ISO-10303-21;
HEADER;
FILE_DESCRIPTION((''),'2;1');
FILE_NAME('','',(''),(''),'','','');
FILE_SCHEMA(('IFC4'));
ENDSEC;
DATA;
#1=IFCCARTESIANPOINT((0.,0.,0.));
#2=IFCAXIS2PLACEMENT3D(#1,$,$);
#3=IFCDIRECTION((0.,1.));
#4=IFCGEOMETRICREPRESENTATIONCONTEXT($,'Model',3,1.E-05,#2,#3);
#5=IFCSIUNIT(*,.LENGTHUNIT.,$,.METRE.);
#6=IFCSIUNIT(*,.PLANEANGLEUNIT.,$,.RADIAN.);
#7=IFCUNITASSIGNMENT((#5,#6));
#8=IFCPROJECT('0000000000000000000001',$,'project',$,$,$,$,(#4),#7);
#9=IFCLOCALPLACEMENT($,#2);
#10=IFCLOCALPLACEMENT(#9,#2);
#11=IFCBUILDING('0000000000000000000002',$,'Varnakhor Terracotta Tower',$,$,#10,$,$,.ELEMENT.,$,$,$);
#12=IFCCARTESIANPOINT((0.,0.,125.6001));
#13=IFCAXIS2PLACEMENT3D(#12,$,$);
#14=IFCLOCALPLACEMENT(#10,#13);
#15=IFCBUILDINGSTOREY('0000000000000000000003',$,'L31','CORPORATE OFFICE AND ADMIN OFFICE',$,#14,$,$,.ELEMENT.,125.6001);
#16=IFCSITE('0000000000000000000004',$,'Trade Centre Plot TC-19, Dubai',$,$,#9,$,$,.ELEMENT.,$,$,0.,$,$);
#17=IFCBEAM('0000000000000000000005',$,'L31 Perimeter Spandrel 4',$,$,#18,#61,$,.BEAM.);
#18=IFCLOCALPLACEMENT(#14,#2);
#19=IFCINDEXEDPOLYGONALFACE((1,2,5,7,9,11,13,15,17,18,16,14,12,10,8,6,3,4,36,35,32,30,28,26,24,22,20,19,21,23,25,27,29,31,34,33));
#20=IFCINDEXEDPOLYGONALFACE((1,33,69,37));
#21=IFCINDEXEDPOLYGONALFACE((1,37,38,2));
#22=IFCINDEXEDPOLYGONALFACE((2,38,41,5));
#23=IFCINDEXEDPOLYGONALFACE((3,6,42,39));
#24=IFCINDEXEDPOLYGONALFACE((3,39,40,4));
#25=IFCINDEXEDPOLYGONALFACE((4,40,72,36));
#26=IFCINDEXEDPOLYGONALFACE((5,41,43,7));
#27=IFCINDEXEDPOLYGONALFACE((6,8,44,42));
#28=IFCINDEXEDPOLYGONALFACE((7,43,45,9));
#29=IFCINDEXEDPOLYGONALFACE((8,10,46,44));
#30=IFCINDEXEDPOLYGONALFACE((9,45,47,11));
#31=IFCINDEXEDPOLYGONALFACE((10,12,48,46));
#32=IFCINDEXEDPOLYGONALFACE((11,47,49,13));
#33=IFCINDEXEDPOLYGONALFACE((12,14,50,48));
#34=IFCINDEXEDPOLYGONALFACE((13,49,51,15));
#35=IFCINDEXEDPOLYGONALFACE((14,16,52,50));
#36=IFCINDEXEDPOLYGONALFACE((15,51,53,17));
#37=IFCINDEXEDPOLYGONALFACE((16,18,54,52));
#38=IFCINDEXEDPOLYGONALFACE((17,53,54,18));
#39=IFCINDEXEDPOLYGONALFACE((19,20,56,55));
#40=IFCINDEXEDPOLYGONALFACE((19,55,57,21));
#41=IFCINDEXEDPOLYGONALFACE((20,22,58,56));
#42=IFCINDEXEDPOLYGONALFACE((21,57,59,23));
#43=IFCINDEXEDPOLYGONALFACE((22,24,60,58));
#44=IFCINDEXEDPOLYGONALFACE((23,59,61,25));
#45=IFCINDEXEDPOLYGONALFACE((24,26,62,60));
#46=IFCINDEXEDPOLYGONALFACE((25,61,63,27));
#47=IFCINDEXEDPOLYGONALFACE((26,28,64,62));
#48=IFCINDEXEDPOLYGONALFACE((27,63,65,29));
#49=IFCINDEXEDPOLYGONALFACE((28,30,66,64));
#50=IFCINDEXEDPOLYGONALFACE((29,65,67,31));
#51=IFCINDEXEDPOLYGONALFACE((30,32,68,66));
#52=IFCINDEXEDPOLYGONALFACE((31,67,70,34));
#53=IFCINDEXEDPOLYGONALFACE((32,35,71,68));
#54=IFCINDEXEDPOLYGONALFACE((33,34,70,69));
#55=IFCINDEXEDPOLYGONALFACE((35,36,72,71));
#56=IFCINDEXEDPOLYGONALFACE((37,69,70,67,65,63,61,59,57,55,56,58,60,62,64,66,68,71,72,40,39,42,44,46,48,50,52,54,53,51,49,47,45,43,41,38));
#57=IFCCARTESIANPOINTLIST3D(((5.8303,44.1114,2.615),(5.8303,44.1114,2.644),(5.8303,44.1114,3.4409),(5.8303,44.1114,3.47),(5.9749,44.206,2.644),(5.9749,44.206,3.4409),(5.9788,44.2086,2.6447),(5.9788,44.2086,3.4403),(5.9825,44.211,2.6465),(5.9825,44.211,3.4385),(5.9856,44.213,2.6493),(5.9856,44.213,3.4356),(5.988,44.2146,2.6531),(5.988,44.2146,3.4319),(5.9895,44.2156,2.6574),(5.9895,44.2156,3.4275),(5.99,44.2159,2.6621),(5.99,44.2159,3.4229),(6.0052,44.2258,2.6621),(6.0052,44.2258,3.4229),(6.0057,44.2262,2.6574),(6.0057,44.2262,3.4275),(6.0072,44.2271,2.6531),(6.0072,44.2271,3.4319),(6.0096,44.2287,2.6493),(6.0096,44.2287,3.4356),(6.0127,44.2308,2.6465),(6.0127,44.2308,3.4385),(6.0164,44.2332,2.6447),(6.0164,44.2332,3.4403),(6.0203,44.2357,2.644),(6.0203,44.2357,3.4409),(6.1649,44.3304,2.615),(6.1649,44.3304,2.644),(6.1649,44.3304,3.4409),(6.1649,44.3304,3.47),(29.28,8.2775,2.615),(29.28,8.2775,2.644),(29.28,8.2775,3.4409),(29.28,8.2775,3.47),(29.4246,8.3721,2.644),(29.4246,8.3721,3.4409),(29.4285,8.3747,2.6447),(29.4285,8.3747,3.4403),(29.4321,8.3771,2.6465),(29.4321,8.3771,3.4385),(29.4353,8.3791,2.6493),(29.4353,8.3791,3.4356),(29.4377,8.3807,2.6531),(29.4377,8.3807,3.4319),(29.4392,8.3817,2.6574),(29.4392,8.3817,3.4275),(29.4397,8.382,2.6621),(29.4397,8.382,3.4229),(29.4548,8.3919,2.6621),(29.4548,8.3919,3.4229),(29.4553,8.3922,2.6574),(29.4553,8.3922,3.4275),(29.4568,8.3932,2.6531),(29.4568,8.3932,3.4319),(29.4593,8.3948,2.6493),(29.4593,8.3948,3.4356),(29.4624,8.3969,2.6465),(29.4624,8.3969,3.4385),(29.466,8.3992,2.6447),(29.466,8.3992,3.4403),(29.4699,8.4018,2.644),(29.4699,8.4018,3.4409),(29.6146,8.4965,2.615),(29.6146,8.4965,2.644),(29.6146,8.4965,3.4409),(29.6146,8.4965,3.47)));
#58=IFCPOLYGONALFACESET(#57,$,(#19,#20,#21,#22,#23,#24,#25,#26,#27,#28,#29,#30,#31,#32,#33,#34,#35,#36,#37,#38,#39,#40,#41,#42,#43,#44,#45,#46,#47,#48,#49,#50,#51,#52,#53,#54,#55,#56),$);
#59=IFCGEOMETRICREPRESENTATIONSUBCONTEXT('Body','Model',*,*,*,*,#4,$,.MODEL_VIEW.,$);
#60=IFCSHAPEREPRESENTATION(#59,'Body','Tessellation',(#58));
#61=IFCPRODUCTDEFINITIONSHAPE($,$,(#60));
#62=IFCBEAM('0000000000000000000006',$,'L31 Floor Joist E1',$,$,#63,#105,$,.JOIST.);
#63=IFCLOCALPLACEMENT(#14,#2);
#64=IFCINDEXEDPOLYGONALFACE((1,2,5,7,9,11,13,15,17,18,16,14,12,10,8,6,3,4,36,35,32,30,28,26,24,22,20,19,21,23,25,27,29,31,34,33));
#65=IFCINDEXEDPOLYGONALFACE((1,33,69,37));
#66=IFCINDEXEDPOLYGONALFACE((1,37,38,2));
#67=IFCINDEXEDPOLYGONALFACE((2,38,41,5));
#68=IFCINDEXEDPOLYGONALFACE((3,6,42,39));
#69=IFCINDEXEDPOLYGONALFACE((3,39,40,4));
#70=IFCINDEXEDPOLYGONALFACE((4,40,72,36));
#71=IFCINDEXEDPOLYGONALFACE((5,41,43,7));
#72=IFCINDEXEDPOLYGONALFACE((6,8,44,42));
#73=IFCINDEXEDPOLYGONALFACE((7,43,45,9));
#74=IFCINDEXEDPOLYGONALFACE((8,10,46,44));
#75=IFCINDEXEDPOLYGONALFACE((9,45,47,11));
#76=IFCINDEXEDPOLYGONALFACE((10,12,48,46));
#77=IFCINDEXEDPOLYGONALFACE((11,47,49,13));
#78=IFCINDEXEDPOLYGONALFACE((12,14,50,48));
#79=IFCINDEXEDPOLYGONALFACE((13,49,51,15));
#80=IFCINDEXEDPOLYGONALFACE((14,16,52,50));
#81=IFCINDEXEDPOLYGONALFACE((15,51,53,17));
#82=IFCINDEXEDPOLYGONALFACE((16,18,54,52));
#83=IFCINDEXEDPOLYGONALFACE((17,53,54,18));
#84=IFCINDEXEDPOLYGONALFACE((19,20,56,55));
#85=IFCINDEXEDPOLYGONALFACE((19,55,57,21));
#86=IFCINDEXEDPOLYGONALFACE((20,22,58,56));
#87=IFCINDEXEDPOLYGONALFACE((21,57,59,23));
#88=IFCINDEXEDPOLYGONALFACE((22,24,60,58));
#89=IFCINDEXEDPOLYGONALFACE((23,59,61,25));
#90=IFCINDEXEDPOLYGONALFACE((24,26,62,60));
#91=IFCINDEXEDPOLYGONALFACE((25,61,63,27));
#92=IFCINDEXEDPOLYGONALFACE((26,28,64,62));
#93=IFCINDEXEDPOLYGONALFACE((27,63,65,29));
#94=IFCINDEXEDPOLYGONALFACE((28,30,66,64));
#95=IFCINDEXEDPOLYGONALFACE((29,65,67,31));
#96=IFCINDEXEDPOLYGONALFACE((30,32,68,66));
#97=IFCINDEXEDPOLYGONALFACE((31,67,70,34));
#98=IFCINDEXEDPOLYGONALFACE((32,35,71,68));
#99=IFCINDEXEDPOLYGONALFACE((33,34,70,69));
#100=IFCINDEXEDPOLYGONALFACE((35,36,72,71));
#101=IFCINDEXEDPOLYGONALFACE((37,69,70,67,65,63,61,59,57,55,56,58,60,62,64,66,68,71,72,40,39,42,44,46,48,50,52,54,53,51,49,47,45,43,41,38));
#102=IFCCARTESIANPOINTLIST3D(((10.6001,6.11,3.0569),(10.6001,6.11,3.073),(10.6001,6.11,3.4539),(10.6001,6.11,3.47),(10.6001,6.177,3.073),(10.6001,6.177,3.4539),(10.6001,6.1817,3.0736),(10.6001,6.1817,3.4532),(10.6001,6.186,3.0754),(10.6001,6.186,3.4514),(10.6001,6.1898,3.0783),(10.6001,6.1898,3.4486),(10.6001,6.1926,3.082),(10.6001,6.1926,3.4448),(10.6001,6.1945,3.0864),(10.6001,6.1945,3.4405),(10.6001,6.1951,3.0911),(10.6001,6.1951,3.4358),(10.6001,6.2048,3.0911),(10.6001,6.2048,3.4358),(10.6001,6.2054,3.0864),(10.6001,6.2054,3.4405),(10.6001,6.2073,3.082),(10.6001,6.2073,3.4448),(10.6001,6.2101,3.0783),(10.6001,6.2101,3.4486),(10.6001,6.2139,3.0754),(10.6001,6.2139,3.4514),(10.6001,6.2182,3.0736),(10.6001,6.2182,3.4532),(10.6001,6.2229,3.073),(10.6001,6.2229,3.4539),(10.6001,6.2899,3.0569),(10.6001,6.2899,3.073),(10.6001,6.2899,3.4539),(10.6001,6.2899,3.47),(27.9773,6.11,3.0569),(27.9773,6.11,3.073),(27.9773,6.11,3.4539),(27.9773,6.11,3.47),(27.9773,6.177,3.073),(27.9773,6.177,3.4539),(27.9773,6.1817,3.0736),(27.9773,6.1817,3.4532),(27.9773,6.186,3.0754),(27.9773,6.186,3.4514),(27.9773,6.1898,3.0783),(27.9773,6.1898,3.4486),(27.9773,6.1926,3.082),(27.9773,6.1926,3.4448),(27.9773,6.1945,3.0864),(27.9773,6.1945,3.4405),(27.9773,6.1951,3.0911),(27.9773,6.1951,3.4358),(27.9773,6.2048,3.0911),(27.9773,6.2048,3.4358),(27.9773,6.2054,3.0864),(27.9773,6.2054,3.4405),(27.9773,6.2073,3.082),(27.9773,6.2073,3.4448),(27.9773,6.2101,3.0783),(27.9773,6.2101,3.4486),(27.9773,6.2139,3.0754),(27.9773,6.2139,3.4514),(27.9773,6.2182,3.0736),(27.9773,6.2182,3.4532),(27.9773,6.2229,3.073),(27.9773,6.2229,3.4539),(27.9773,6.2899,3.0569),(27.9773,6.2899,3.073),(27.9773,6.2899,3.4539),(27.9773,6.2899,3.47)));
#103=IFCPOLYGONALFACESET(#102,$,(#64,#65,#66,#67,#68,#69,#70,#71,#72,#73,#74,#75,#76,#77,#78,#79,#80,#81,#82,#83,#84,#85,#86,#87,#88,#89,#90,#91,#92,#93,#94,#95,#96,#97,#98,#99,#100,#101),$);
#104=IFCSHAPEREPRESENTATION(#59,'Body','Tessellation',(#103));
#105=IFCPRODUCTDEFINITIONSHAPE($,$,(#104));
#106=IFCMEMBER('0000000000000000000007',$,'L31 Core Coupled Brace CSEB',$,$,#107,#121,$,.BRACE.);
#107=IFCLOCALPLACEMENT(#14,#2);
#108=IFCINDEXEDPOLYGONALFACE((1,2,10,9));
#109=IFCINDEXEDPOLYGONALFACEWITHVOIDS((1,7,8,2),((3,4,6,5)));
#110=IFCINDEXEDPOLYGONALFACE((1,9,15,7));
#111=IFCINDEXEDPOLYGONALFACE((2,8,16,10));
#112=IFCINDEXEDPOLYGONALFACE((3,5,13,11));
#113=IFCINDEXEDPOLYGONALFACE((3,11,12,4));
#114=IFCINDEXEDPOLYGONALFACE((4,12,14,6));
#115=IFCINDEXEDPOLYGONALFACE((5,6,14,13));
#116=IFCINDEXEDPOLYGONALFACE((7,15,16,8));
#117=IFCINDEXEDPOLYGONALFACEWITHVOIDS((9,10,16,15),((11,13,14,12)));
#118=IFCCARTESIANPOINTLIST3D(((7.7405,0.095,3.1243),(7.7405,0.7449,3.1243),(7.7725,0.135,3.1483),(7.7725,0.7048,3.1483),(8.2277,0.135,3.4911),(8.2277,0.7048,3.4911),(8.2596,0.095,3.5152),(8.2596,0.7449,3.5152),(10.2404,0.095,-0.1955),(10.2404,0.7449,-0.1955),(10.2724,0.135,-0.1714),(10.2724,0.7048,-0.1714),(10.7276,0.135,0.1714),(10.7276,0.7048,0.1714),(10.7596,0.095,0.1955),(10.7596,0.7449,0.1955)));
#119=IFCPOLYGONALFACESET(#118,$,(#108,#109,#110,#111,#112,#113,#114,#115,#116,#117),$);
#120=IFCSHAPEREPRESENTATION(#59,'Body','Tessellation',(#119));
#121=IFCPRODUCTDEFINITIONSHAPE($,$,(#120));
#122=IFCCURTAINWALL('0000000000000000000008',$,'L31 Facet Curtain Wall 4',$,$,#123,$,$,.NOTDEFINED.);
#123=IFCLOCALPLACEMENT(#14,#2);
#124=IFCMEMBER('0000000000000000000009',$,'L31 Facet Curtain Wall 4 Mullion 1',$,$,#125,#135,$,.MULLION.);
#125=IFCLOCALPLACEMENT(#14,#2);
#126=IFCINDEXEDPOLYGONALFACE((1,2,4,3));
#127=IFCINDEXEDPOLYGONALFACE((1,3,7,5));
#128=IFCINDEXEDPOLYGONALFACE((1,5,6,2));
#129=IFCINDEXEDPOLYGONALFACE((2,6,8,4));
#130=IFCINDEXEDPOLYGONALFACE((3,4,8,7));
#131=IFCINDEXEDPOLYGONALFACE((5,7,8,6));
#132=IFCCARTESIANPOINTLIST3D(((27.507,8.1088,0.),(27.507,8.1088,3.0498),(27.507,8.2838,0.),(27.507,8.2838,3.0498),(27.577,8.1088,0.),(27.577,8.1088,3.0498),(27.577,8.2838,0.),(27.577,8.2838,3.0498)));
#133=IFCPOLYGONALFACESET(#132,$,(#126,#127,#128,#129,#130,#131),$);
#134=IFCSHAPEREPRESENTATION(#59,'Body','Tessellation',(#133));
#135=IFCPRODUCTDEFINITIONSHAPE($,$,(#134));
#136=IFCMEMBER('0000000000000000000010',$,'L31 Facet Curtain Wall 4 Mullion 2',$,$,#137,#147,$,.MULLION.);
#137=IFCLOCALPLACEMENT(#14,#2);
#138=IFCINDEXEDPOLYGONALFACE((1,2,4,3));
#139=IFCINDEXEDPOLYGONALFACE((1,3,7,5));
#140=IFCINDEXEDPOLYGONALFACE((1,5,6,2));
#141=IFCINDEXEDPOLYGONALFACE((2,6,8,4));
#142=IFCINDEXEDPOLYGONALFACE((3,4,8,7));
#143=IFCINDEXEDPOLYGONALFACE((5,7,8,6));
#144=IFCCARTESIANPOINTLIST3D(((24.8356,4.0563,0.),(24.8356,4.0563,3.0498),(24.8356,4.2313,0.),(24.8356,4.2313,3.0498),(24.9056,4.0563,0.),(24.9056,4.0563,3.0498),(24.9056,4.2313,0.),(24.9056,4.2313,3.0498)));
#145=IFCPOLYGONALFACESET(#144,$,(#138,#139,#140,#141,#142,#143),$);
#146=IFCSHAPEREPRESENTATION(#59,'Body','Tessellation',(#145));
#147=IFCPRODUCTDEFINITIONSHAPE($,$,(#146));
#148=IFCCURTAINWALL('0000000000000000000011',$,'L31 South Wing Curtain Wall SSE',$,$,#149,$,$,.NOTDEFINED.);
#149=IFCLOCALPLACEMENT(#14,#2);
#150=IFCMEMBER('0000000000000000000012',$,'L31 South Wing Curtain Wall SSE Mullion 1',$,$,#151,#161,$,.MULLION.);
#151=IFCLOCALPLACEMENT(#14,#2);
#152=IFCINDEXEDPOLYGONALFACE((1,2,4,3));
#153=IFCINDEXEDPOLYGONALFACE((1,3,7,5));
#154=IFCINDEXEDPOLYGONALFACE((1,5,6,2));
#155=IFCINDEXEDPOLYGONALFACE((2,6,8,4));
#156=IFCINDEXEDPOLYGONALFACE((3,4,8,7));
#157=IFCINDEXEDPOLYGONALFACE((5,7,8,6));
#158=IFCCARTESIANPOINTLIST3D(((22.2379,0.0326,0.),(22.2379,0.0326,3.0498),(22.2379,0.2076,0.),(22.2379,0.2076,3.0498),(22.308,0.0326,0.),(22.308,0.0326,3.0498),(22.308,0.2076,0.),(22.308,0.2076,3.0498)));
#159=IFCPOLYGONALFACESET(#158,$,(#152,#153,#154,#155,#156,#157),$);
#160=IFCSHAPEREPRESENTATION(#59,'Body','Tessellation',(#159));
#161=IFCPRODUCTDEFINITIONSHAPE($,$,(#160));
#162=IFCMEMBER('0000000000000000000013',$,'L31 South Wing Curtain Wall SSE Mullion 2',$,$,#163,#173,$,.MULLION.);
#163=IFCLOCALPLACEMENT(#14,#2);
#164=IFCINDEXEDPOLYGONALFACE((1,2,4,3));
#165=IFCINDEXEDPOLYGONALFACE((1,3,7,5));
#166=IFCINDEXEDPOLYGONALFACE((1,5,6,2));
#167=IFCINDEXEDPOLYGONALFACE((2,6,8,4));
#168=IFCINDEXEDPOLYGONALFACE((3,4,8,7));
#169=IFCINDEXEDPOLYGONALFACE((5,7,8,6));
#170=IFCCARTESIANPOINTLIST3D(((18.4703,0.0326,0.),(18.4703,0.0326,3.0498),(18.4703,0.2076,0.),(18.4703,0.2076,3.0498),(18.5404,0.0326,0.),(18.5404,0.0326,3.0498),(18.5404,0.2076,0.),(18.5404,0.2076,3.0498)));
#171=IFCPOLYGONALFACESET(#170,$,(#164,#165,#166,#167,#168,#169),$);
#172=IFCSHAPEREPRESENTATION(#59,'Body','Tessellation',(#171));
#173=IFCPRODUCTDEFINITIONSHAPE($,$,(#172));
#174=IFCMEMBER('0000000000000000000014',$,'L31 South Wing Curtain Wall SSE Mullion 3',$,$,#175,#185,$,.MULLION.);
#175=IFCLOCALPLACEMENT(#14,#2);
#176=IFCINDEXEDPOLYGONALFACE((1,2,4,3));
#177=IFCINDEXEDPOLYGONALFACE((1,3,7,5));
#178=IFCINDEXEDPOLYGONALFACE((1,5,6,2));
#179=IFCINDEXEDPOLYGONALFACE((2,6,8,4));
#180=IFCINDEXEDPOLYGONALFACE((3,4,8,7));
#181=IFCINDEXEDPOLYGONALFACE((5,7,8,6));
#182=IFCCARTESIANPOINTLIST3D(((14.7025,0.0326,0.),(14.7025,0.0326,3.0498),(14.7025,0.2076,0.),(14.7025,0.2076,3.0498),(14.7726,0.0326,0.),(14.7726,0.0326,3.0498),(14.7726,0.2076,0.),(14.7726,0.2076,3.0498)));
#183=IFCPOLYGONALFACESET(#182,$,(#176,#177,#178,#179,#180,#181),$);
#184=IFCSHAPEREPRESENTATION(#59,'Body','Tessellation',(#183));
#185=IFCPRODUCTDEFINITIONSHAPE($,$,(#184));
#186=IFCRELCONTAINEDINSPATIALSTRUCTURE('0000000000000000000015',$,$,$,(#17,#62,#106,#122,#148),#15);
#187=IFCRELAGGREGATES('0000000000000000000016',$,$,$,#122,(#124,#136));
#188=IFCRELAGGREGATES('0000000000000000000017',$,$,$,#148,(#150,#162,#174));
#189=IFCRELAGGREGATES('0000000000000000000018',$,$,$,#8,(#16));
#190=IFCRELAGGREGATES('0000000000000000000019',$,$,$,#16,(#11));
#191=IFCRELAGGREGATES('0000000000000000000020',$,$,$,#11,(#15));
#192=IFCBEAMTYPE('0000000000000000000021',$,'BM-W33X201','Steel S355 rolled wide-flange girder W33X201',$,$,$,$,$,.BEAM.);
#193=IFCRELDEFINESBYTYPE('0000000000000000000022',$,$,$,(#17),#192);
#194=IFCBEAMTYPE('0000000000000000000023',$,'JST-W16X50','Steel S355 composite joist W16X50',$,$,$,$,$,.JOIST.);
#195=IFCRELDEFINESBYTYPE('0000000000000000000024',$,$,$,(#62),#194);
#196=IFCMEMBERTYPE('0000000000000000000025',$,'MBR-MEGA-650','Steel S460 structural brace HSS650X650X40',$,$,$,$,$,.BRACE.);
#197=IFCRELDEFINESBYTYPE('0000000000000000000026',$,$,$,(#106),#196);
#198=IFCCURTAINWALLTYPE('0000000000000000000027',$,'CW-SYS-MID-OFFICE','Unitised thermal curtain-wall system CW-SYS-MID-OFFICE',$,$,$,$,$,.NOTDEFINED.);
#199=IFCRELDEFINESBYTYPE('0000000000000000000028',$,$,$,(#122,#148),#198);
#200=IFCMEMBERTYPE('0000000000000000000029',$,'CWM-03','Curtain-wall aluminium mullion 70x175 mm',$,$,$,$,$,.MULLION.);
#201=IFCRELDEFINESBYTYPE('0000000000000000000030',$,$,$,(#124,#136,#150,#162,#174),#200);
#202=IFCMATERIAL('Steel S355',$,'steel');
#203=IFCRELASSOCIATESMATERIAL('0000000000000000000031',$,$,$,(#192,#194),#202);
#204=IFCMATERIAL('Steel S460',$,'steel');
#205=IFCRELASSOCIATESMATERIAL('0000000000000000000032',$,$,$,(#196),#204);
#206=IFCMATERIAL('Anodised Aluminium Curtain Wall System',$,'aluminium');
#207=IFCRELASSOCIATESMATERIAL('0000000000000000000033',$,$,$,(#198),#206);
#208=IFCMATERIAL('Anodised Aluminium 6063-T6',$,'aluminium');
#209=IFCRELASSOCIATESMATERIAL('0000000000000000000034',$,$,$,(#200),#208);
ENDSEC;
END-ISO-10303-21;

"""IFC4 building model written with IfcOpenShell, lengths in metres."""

from ifc_helpers import new_model, si_unit, direction, frame, origin, origin_2d, place, context, subcontext, project, spatial, rectangle, hollow_rectangle, i_section, extrude, source, transform, mapped, material, material_profile, profile_set, type_object, type_shapes, element, aggregate, save


model = new_model("IFC4")

# Units and contexts
model_context = context("Model", 3, precision=1e-05, world=origin(), true_north=direction((0.0, 1.0)))
body_context = subcontext(model_context, "Body", "Model", "MODEL_VIEW")
ifc_project = project(units=[si_unit("LENGTHUNIT", "METRE"), si_unit("PLANEANGLEUNIT", "RADIAN")], contexts=[model_context])

# Site, building, storey
site_placement = place(None, origin())
site = spatial("IfcSite", under=ifc_project, at=site_placement, Name="Trade Centre Plot TC-19, Dubai", CompositionType="ELEMENT", RefElevation=0.0)
building_placement = place(site_placement, origin())
building = spatial("IfcBuilding", under=site, at=building_placement, Name="Varnakhor Terracotta Tower", CompositionType="ELEMENT")
storey_placement = place(building_placement, frame((0.0, 0.0, 125.6001)))
storey = spatial("IfcBuildingStorey", under=building, at=storey_placement, Name="L31", Description="CORPORATE OFFICE AND ADMIN OFFICE", CompositionType="ELEMENT", Elevation=125.6001)

# Shared definitions
ifc_material_1 = material(Name="Steel S460", Category="steel")

# Beams
ifc_material_2 = material(Name="Steel S355", Category="steel")
ifc_material_profile_1 = material_profile(ifc_material_2, i_section(OverallWidth=0.3999, OverallDepth=0.855, WebThickness=0.0181, FlangeThickness=0.0291, FilletRadius=0.0181, at=origin_2d()), Name="W33X201")
ifc_profile_set_1 = profile_set([ifc_material_profile_1], Name="Steel S355")
beam_type_1 = type_object("IfcBeamType", Name="BM-W33X201", Description="Steel S355 rolled wide-flange girder W33X201", PredefinedType="BEAM", material=ifc_profile_set_1)
shared_shape_1 = source(origin(), body_context, "Body", "SweptSolid", [
    extrude(i_section(OverallWidth=0.3999, OverallDepth=0.855, WebThickness=0.0181, FlangeThickness=0.0291, FilletRadius=0.0181, at=origin_2d()), origin(), (0.0, 0.0, 1.0), 42.8247),
])
beam_1_placement = place(storey_placement, frame((29.4473, 8.387, 3.0425), z_axis=(-0.547573, 0.836758, 0.0), x_axis=(-0.836758, -0.547573, 0.0)))
element("IfcBeam", 1, at=beam_1_placement, inside=storey, type_object=beam_type_1, Name="L31 Perimeter Spandrel 4", PredefinedType="BEAM", context=body_context, shape_type="MappedRepresentation", body=[
    mapped(shared_shape_1, transform((0.0, 0.0, 0.0), scale=1.0)),
])
ifc_material_profile_2 = material_profile(ifc_material_2, i_section(OverallWidth=0.1799, OverallDepth=0.4131, WebThickness=0.0098, FlangeThickness=0.0161, FilletRadius=0.0181, at=origin_2d()), Name="W16X50")
ifc_profile_set_2 = profile_set([ifc_material_profile_2], Name="Steel S355")
beam_type_2 = type_object("IfcBeamType", Name="JST-W16X50", Description="Steel S355 composite joist W16X50", PredefinedType="JOIST", material=ifc_profile_set_2)
shared_shape_2 = source(origin(), body_context, "Body", "SweptSolid", [
    extrude(i_section(OverallWidth=0.1799, OverallDepth=0.4131, WebThickness=0.0098, FlangeThickness=0.0161, FilletRadius=0.0181, at=origin_2d()), origin(), (0.0, 0.0, 1.0), 17.3772),
])
beam_2_placement = place(storey_placement, frame((10.6001, 6.2, 3.2634), z_axis=(1.0, 0.0, 0.0), x_axis=(0.0, 1.0, 0.0)))
element("IfcBeam", 2, at=beam_2_placement, inside=storey, type_object=beam_type_2, Name="L31 Floor Joist E1", PredefinedType="JOIST", context=body_context, shape_type="MappedRepresentation", body=[
    mapped(shared_shape_2, transform((0.0, 0.0, 0.0), scale=1.0)),
])

# Member
ifc_material_profile_3 = material_profile(ifc_material_1, hollow_rectangle(XDim=0.6499, YDim=0.6499, WallThickness=0.04, at=origin_2d()), Name="HSS650X650X40")
ifc_profile_set_3 = profile_set([ifc_material_profile_3], Name="Steel S460")
member_type_1 = type_object("IfcMemberType", Name="MBR-MEGA-650", Description="Steel S460 structural brace HSS650X650X40", PredefinedType="BRACE", material=ifc_profile_set_3)
shared_shape_3 = source(origin(), body_context, "Body", "SweptSolid", [
    extrude(hollow_rectangle(XDim=0.6499, YDim=0.6499, WallThickness=0.04, at=origin_2d()), origin(), (0.0, 0.0, 1.0), 4.1558),
])
member_1_placement = place(storey_placement, frame((10.5, 0.4199, 0.0), z_axis=(-0.601559, 0.0, 0.798828), x_axis=(0.0, -1.0, 0.0)))
element("IfcMember", 3, at=member_1_placement, inside=storey, type_object=member_type_1, Name="L31 Core Coupled Brace CSEB", PredefinedType="BRACE", context=body_context, shape_type="MappedRepresentation", body=[
    mapped(shared_shape_3, transform((0.0, 0.0, 0.0), scale=1.0)),
])

# Curtain walls, members
ifc_material_3 = material(Name="Anodised Aluminium Curtain Wall System", Category="aluminium")
curtain_wall_type = type_object("IfcCurtainWallType", Name="CW-SYS-MID-OFFICE", Description="Unitised thermal curtain-wall system CW-SYS-MID-OFFICE", PredefinedType="NOTDEFINED", material=ifc_material_3)
curtain_wall_1_placement = place(storey_placement, origin())
curtain_wall_1 = element("IfcCurtainWall", 4, at=curtain_wall_1_placement, inside=storey, type_object=curtain_wall_type, Name="L31 Facet Curtain Wall 4", PredefinedType="NOTDEFINED")
ifc_material_4 = material(Name="Anodised Aluminium 6063-T6", Category="aluminium")
ifc_material_profile_4 = material_profile(ifc_material_4, rectangle(XDim=0.0701, YDim=0.175, at=origin_2d()), Name="ALU MULLION 70x175")
ifc_profile_set_4 = profile_set([ifc_material_profile_4], Name="Anodised Aluminium 6063-T6")
member_type_2 = type_object("IfcMemberType", Name="CWM-03", Description="Curtain-wall aluminium mullion 70x175 mm", PredefinedType="MULLION", material=ifc_profile_set_4)
shared_shape_4 = source(origin(), body_context, "Body", "SweptSolid", [
    extrude(rectangle(XDim=0.0701, YDim=0.175, at=origin_2d()), origin(), (0.0, 0.0, 1.0), 3.0498),
])
type_shapes(member_type_2, [shared_shape_4])
member_2_placement = place(storey_placement, frame((27.542, 8.1963, 0.0), z_axis=(0.0, 0.0, 1.0), x_axis=(1.0, 0.0, 0.0)))
member_2 = element("IfcMember", 5, at=member_2_placement, type_object=member_type_2, Name="L31 Facet Curtain Wall 4 Mullion 1", PredefinedType="MULLION", context=body_context, shape_type="MappedRepresentation", body=[
    mapped(shared_shape_4, transform((0.0, 0.0, 0.0), scale=1.0)),
])
member_3_placement = place(storey_placement, frame((24.8706, 4.1438, 0.0), z_axis=(0.0, 0.0, 1.0), x_axis=(1.0, 0.0, 0.0)))
member_3 = element("IfcMember", 6, at=member_3_placement, type_object=member_type_2, Name="L31 Facet Curtain Wall 4 Mullion 2", PredefinedType="MULLION", context=body_context, shape_type="MappedRepresentation", body=[
    mapped(shared_shape_4, transform((0.0, 0.0, 0.0), scale=1.0)),
])
curtain_wall_2_placement = place(storey_placement, origin())
curtain_wall_2 = element("IfcCurtainWall", 7, at=curtain_wall_2_placement, inside=storey, type_object=curtain_wall_type, Name="L31 South Wing Curtain Wall SSE", PredefinedType="NOTDEFINED")
member_4_placement = place(storey_placement, frame((22.2729, 0.1201, 0.0), z_axis=(0.0, 0.0, 1.0), x_axis=(1.0, 0.0, 0.0)))
member_4 = element("IfcMember", 8, at=member_4_placement, type_object=member_type_2, Name="L31 South Wing Curtain Wall SSE Mullion 1", PredefinedType="MULLION", context=body_context, shape_type="MappedRepresentation", body=[
    mapped(shared_shape_4, transform((0.0, 0.0, 0.0), scale=1.0)),
])
member_5_placement = place(storey_placement, frame((18.5054, 0.1201, 0.0), z_axis=(0.0, 0.0, 1.0), x_axis=(1.0, 0.0, 0.0)))
member_5 = element("IfcMember", 9, at=member_5_placement, type_object=member_type_2, Name="L31 South Wing Curtain Wall SSE Mullion 2", PredefinedType="MULLION", context=body_context, shape_type="MappedRepresentation", body=[
    mapped(shared_shape_4, transform((0.0, 0.0, 0.0), scale=1.0)),
])
member_6_placement = place(storey_placement, frame((14.7375, 0.1201, 0.0), z_axis=(0.0, 0.0, 1.0), x_axis=(1.0, 0.0, 0.0)))
member_6 = element("IfcMember", 10, at=member_6_placement, type_object=member_type_2, Name="L31 South Wing Curtain Wall SSE Mullion 3", PredefinedType="MULLION", context=body_context, shape_type="MappedRepresentation", body=[
    mapped(shared_shape_4, transform((0.0, 0.0, 0.0), scale=1.0)),
])

aggregate(curtain_wall_1, [member_2, member_3])
aggregate(curtain_wall_2, [member_4, member_5, member_6])

save(model, "model.ifc")
